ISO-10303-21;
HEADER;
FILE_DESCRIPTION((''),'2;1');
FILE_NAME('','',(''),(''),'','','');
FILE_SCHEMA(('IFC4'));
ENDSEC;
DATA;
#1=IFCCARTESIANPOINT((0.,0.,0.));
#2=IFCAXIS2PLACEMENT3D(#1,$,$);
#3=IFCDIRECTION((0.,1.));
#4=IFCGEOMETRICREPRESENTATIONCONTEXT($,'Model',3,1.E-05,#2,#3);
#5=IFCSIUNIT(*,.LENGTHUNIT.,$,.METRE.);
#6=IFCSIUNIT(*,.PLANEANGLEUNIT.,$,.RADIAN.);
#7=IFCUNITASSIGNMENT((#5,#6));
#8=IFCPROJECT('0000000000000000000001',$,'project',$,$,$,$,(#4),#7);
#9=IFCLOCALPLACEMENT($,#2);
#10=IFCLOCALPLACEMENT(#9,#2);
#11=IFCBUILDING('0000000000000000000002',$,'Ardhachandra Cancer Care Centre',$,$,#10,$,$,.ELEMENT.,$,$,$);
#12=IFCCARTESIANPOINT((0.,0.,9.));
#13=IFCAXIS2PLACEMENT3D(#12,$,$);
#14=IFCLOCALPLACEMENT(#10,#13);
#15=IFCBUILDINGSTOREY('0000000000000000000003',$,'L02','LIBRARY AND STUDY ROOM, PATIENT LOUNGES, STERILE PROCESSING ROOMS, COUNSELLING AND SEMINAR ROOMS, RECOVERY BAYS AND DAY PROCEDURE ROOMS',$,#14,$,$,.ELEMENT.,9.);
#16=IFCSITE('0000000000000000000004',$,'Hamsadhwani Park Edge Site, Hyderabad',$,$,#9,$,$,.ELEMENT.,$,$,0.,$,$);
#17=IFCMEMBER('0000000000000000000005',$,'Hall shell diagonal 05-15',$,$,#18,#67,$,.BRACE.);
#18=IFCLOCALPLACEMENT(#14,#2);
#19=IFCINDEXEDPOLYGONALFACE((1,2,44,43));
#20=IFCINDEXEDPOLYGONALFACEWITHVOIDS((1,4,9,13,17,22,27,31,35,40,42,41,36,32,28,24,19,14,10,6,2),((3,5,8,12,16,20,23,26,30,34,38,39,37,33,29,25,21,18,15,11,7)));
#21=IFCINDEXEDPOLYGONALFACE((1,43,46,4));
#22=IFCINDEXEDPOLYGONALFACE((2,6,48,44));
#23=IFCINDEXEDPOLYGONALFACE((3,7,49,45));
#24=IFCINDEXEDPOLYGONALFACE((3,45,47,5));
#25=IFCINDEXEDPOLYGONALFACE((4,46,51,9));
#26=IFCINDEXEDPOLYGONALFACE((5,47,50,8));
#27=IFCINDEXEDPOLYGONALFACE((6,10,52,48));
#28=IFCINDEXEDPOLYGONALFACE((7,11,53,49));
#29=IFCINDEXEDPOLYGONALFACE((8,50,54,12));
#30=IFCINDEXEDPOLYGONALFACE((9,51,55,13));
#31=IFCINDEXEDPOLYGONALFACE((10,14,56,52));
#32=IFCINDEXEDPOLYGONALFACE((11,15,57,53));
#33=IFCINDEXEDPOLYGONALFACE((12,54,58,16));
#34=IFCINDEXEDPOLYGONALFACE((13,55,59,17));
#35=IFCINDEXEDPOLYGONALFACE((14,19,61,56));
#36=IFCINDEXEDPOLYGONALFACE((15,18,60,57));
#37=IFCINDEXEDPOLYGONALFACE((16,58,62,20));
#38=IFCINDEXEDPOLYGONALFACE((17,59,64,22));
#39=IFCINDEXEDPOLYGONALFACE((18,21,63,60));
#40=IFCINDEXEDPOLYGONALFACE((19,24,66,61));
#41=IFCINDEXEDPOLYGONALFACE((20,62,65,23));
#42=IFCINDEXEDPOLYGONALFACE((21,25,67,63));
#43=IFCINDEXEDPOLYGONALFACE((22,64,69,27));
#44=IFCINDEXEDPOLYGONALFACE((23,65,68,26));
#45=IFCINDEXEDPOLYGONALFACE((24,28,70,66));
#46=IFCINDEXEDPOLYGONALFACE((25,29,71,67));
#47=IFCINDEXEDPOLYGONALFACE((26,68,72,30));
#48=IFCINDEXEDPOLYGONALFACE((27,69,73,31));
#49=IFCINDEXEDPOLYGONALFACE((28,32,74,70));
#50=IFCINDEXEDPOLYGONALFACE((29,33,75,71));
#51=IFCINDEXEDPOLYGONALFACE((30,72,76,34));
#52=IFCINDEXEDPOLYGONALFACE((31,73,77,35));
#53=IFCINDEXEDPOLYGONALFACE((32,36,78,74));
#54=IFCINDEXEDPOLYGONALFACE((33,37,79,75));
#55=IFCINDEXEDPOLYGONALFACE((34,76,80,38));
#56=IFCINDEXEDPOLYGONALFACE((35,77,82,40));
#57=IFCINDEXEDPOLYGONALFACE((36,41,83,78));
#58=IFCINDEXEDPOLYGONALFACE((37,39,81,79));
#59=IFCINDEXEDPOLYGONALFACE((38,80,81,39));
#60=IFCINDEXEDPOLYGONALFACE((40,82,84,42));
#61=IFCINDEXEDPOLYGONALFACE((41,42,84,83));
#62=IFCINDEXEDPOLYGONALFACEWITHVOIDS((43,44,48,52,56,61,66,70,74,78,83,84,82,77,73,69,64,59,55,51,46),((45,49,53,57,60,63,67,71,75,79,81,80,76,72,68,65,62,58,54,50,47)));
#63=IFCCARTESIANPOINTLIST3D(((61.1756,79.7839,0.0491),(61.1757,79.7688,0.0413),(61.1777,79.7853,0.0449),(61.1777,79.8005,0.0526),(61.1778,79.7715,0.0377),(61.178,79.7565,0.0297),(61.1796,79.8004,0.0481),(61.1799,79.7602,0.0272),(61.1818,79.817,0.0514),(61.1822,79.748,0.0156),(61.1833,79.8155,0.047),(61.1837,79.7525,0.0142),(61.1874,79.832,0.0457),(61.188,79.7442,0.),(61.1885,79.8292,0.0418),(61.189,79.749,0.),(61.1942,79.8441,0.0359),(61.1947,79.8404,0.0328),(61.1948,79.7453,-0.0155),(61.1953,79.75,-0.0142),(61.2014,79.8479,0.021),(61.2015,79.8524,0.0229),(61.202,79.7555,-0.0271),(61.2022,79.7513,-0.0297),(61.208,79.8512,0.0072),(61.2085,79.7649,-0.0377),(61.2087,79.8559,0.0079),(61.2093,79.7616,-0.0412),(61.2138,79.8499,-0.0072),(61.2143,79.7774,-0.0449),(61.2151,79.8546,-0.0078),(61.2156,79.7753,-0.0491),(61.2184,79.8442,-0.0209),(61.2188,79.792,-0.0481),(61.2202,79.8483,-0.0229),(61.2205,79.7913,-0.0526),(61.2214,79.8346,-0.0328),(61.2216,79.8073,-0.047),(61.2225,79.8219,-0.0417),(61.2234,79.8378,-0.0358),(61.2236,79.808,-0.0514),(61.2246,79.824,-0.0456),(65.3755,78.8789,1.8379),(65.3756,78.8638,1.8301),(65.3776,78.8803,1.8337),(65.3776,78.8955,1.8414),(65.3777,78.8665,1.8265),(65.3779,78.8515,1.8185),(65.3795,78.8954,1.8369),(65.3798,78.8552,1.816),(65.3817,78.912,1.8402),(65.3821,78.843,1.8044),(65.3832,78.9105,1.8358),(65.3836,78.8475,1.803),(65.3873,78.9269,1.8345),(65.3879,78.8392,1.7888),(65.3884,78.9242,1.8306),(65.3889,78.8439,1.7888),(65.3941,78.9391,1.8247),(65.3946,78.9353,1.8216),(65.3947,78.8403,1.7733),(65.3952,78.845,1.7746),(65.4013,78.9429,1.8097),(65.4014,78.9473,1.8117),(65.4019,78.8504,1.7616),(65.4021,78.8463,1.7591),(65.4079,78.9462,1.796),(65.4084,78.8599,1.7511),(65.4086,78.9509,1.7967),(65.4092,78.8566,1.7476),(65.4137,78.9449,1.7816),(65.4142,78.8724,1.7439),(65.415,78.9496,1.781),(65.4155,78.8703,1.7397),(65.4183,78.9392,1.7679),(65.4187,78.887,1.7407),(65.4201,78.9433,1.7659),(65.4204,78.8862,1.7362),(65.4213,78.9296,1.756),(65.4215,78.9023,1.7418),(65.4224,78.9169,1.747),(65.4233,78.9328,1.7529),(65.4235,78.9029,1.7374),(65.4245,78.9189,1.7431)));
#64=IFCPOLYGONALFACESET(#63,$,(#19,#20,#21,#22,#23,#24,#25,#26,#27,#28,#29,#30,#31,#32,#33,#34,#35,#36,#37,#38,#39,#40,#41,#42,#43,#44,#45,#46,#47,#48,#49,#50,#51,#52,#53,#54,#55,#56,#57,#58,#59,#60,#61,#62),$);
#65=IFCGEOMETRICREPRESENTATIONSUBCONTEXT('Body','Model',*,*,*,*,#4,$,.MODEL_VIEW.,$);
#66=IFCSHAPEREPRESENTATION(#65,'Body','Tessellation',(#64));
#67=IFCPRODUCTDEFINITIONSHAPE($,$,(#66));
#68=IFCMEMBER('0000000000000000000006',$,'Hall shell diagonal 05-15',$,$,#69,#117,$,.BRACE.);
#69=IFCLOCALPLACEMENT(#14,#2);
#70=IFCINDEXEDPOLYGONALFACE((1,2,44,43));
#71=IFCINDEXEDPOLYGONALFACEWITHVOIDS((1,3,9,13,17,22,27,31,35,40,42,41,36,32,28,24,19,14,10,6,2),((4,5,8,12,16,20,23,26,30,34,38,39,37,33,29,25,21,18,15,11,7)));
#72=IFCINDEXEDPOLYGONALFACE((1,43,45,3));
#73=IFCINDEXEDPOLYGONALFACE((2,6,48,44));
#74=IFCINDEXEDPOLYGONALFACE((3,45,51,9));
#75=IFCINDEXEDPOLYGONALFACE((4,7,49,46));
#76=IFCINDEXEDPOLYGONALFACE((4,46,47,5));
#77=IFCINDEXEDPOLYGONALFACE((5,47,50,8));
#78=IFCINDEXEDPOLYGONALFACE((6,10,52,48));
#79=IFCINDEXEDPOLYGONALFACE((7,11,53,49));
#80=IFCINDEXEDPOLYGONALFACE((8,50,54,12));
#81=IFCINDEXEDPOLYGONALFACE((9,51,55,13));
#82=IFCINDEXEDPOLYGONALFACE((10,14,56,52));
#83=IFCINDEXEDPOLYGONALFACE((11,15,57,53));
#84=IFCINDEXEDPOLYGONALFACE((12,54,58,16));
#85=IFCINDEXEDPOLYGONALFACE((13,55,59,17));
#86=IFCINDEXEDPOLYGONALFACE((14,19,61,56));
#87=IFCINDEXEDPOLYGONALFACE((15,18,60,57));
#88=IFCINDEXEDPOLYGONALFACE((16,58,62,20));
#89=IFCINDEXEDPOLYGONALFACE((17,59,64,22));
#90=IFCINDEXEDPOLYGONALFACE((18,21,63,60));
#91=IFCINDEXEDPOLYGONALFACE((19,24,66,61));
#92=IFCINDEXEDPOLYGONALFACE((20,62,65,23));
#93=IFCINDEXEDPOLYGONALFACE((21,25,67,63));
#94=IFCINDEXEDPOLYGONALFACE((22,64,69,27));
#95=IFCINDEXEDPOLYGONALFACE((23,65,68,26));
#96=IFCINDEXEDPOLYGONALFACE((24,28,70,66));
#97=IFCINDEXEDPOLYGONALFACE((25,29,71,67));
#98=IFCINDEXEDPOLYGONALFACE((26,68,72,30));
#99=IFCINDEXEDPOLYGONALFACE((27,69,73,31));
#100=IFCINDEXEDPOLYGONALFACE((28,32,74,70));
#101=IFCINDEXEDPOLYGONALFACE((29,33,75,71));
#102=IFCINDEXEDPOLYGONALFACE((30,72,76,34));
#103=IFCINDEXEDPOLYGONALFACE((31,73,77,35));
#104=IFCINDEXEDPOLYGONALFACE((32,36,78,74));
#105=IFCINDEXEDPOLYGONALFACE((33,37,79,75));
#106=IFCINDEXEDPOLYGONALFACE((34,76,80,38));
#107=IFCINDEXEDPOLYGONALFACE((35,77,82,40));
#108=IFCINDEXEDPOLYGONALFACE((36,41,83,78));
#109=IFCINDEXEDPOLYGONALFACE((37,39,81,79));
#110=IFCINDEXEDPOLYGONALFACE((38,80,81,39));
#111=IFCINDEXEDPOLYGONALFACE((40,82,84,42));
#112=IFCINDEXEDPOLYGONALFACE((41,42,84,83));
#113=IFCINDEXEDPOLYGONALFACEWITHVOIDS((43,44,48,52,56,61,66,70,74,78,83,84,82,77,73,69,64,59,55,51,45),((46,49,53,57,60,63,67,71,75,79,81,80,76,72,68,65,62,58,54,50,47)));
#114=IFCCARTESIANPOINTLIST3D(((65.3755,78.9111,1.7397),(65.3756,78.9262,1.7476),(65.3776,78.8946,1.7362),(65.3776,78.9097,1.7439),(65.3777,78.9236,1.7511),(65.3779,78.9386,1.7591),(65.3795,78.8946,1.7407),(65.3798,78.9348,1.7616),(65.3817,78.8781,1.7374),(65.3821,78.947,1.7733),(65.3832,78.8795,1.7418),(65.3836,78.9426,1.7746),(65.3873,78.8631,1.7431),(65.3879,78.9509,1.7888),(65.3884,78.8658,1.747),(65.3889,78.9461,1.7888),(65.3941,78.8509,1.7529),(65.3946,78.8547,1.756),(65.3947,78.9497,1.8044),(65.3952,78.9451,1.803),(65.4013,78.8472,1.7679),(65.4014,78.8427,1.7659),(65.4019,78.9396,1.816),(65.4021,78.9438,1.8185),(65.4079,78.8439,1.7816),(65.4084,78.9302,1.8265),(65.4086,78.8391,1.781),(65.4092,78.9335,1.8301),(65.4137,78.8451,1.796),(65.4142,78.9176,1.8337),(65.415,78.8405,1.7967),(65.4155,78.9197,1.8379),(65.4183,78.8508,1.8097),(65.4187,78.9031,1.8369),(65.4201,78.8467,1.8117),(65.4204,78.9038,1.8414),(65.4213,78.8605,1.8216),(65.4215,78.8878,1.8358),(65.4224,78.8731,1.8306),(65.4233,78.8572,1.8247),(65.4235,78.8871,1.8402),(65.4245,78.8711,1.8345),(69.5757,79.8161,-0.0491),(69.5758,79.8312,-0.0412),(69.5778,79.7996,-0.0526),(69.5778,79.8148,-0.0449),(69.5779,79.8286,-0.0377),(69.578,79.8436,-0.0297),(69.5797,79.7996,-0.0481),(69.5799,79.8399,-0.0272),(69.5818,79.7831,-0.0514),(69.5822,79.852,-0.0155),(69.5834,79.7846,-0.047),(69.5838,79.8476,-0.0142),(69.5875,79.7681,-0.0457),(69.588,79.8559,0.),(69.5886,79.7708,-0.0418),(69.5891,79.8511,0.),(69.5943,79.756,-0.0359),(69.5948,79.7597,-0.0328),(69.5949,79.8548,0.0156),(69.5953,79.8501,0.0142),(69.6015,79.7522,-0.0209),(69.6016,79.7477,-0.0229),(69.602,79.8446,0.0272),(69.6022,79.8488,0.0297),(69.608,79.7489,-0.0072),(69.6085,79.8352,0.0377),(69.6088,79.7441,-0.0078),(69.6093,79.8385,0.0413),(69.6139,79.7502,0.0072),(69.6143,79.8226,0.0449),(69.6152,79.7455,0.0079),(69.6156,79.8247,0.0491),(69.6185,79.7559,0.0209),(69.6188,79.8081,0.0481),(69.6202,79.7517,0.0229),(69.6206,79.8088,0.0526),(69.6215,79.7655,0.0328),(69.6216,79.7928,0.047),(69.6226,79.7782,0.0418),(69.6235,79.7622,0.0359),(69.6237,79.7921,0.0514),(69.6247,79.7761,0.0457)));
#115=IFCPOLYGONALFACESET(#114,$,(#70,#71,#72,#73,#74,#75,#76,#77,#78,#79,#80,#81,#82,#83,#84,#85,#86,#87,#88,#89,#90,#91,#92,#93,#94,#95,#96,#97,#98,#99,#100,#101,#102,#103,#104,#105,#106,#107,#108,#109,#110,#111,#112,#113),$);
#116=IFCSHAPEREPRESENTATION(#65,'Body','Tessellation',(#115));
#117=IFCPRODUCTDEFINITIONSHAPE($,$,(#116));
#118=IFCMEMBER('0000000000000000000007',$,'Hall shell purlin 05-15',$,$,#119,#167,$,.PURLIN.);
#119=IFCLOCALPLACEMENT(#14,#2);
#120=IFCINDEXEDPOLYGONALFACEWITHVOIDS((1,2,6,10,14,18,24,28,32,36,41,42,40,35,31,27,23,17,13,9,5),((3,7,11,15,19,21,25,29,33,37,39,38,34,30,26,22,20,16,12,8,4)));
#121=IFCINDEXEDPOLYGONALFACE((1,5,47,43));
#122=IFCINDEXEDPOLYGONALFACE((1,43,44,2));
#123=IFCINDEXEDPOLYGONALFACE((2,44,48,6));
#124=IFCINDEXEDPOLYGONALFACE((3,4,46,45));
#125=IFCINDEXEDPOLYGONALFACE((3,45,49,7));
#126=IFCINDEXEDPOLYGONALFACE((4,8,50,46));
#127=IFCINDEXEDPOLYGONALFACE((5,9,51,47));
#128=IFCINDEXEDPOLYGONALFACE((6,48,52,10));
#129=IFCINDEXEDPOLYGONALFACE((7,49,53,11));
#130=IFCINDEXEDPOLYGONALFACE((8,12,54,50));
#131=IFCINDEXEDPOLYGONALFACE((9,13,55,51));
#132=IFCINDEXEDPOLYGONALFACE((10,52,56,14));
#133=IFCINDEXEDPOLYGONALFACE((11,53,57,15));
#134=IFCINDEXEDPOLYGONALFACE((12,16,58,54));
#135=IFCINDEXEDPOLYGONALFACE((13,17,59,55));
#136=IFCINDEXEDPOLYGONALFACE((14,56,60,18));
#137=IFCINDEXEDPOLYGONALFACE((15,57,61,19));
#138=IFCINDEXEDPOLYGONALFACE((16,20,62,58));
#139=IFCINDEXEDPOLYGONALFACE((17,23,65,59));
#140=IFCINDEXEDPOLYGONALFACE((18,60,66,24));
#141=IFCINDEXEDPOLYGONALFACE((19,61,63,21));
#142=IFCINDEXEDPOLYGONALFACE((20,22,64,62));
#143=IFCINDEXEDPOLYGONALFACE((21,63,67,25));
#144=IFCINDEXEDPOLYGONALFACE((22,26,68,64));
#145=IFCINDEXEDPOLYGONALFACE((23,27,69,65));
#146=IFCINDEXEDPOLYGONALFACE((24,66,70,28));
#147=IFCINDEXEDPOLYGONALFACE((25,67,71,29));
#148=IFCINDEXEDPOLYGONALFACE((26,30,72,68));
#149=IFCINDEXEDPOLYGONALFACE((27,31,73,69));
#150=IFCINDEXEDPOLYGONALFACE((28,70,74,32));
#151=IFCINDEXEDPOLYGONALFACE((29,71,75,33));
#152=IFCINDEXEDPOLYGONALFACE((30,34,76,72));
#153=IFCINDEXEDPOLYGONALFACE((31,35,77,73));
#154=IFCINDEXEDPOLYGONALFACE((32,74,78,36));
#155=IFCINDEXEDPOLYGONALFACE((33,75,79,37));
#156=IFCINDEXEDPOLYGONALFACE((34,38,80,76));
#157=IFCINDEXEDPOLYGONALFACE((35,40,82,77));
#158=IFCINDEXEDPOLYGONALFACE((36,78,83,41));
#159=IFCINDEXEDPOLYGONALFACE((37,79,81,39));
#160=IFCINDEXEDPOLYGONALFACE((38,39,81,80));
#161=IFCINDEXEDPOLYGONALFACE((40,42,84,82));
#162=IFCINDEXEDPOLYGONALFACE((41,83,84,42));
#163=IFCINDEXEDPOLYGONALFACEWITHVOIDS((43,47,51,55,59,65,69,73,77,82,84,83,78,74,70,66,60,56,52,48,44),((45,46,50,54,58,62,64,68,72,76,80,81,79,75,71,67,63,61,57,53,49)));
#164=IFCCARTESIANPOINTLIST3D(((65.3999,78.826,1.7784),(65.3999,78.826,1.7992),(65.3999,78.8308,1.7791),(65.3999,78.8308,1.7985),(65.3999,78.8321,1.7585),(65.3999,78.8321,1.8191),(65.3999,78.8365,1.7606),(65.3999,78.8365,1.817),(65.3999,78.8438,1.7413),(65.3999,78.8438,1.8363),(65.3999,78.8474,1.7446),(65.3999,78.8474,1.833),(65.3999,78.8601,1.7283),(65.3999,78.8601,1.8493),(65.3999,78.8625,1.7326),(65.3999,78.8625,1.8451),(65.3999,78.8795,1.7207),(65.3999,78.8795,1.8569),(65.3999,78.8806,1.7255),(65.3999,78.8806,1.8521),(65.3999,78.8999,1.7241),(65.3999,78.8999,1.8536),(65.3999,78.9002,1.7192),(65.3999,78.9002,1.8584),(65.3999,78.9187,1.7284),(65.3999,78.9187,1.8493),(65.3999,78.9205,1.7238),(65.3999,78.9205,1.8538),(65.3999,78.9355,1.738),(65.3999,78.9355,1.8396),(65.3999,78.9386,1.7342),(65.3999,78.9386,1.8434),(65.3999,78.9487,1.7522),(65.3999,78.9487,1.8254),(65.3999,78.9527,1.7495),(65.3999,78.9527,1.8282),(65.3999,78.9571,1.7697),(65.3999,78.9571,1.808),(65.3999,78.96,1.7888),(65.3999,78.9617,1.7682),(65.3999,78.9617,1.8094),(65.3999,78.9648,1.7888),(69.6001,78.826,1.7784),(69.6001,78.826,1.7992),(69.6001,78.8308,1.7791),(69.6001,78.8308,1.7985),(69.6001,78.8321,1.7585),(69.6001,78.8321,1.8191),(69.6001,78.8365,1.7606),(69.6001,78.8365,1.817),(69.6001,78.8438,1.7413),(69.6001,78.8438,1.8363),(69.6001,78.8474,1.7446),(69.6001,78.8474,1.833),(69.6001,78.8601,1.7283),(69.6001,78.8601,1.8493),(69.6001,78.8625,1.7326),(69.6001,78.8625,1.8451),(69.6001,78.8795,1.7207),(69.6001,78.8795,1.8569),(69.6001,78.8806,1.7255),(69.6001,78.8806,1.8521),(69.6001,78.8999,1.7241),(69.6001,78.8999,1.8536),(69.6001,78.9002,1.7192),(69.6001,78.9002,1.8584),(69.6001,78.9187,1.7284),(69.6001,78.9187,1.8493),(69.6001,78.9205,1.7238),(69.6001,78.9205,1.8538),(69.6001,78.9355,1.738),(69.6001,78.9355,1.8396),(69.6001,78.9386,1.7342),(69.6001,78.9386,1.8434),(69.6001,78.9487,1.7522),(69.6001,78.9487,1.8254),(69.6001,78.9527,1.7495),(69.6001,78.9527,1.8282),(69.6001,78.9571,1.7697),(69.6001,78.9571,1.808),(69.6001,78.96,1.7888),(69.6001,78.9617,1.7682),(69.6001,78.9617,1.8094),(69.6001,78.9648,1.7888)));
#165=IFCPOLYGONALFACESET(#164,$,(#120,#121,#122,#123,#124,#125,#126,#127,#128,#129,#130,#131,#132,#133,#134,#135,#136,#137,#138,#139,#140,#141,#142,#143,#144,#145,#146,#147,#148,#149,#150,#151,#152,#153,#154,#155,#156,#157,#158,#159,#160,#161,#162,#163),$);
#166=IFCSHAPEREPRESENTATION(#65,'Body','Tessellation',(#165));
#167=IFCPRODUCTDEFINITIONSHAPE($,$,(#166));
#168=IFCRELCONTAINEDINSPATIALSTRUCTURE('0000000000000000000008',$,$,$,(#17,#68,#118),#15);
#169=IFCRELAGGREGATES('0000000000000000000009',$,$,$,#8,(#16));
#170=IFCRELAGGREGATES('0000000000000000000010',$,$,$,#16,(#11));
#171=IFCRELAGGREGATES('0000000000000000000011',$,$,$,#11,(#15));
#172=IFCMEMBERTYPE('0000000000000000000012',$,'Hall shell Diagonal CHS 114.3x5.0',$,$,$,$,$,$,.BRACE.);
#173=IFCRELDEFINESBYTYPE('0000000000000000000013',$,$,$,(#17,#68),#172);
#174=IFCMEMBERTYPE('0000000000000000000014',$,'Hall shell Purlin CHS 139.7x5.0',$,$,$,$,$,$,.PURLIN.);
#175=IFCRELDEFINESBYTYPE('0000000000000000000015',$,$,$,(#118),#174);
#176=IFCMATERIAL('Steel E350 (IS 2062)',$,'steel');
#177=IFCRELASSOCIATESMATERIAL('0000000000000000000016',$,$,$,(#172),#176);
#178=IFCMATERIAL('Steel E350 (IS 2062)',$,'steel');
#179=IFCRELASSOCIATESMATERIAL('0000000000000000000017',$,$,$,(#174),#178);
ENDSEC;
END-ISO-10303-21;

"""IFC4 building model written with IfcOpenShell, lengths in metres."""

from ifc_helpers import new_model, si_unit, direction, frame, origin, origin_2d, place, context, subcontext, project, spatial, hollow_circle, extrude, material, material_profile, profile_set, type_object, element, save


model = new_model("IFC4")

# Units and contexts
model_context = context("Model", 3, precision=1e-05, world=origin(), true_north=direction((0.0, 1.0)))
body_context = subcontext(model_context, "Body", "Model", "MODEL_VIEW")
ifc_project = project(units=[si_unit("LENGTHUNIT", "METRE"), si_unit("PLANEANGLEUNIT", "RADIAN")], contexts=[model_context])

# Site, building, storey
site_placement = place(None, origin())
site = spatial("IfcSite", under=ifc_project, at=site_placement, Name="Hamsadhwani Park Edge Site, Hyderabad", CompositionType="ELEMENT", RefElevation=0.0)
building_placement = place(site_placement, origin())
building = spatial("IfcBuilding", under=site, at=building_placement, Name="Ardhachandra Cancer Care Centre", CompositionType="ELEMENT")
storey_placement = place(building_placement, frame((0.0, 0.0, 9.0)))
storey = spatial("IfcBuildingStorey", under=building, at=storey_placement, Name="L02", Description="LIBRARY AND STUDY ROOM, PATIENT LOUNGES, STERILE PROCESSING ROOMS, COUNSELLING AND SEMINAR ROOMS, RECOVERY BAYS AND DAY PROCEDURE ROOMS", CompositionType="ELEMENT", Elevation=9.0)

# Members
ifc_material_1 = material(Name="Steel E350 (IS 2062)", Category="steel")
ifc_material_profile_1 = material_profile(ifc_material_1, hollow_circle(Radius=0.0571, WallThickness=0.0049, at=origin_2d()), Name="CHS 114.3x5.0")
ifc_profile_set_1 = profile_set([ifc_material_profile_1], Name="Steel E350 (IS 2062)")
member_type_1 = type_object("IfcMemberType", Name="Hall shell Diagonal CHS 114.3x5.0", PredefinedType="BRACE", material=ifc_profile_set_1)
member_1_placement = place(storey_placement, frame((65.3999, 78.895, 1.7888), z_axis=(-0.902464, 0.194468, -0.384372), x_axis=(-0.21065, -0.977561, 0.0)))
element("IfcMember", 1, at=member_1_placement, inside=storey, type_object=member_type_1, Name="Hall shell diagonal 05-15", PredefinedType="BRACE", context=body_context, shape_type="SweptSolid", body=[
    extrude(hollow_circle(Radius=0.0571, WallThickness=0.0049, at=origin_2d()), origin(), (0.0, 0.0, 1.0), 4.6538),
])
member_2_placement = place(storey_placement, frame((65.3999, 78.895, 1.7888), z_axis=(0.902473, 0.194459, -0.384354), x_axis=(-0.210639, 0.977564, 0.0)))
element("IfcMember", 2, at=member_2_placement, inside=storey, type_object=member_type_1, Name="Hall shell diagonal 05-15", PredefinedType="BRACE", context=body_context, shape_type="SweptSolid", body=[
    extrude(hollow_circle(Radius=0.0571, WallThickness=0.0049, at=origin_2d()), origin(), (0.0, 0.0, 1.0), 4.6541),
])
ifc_material_2 = material(Name="Steel E350 (IS 2062)", Category="steel")
ifc_material_profile_2 = material_profile(ifc_material_2, hollow_circle(Radius=0.0698, WallThickness=0.0049, at=origin_2d()), Name="CHS 139.7x5.0")
ifc_profile_set_2 = profile_set([ifc_material_profile_2], Name="Steel E350 (IS 2062)")
member_type_2 = type_object("IfcMemberType", Name="Hall shell Purlin CHS 139.7x5.0", PredefinedType="PURLIN", material=ifc_profile_set_2)
member_3_placement = place(storey_placement, frame((65.3999, 78.895, 1.7888), z_axis=(1.0, 0.0, 0.0), x_axis=(0.0, 1.0, 0.0)))
element("IfcMember", 3, at=member_3_placement, inside=storey, type_object=member_type_2, Name="Hall shell purlin 05-15", PredefinedType="PURLIN", context=body_context, shape_type="SweptSolid", body=[
    extrude(hollow_circle(Radius=0.0698, WallThickness=0.0049, at=origin_2d()), origin(), (0.0, 0.0, 1.0), 4.2002),
])

save(model, "model.ifc")
